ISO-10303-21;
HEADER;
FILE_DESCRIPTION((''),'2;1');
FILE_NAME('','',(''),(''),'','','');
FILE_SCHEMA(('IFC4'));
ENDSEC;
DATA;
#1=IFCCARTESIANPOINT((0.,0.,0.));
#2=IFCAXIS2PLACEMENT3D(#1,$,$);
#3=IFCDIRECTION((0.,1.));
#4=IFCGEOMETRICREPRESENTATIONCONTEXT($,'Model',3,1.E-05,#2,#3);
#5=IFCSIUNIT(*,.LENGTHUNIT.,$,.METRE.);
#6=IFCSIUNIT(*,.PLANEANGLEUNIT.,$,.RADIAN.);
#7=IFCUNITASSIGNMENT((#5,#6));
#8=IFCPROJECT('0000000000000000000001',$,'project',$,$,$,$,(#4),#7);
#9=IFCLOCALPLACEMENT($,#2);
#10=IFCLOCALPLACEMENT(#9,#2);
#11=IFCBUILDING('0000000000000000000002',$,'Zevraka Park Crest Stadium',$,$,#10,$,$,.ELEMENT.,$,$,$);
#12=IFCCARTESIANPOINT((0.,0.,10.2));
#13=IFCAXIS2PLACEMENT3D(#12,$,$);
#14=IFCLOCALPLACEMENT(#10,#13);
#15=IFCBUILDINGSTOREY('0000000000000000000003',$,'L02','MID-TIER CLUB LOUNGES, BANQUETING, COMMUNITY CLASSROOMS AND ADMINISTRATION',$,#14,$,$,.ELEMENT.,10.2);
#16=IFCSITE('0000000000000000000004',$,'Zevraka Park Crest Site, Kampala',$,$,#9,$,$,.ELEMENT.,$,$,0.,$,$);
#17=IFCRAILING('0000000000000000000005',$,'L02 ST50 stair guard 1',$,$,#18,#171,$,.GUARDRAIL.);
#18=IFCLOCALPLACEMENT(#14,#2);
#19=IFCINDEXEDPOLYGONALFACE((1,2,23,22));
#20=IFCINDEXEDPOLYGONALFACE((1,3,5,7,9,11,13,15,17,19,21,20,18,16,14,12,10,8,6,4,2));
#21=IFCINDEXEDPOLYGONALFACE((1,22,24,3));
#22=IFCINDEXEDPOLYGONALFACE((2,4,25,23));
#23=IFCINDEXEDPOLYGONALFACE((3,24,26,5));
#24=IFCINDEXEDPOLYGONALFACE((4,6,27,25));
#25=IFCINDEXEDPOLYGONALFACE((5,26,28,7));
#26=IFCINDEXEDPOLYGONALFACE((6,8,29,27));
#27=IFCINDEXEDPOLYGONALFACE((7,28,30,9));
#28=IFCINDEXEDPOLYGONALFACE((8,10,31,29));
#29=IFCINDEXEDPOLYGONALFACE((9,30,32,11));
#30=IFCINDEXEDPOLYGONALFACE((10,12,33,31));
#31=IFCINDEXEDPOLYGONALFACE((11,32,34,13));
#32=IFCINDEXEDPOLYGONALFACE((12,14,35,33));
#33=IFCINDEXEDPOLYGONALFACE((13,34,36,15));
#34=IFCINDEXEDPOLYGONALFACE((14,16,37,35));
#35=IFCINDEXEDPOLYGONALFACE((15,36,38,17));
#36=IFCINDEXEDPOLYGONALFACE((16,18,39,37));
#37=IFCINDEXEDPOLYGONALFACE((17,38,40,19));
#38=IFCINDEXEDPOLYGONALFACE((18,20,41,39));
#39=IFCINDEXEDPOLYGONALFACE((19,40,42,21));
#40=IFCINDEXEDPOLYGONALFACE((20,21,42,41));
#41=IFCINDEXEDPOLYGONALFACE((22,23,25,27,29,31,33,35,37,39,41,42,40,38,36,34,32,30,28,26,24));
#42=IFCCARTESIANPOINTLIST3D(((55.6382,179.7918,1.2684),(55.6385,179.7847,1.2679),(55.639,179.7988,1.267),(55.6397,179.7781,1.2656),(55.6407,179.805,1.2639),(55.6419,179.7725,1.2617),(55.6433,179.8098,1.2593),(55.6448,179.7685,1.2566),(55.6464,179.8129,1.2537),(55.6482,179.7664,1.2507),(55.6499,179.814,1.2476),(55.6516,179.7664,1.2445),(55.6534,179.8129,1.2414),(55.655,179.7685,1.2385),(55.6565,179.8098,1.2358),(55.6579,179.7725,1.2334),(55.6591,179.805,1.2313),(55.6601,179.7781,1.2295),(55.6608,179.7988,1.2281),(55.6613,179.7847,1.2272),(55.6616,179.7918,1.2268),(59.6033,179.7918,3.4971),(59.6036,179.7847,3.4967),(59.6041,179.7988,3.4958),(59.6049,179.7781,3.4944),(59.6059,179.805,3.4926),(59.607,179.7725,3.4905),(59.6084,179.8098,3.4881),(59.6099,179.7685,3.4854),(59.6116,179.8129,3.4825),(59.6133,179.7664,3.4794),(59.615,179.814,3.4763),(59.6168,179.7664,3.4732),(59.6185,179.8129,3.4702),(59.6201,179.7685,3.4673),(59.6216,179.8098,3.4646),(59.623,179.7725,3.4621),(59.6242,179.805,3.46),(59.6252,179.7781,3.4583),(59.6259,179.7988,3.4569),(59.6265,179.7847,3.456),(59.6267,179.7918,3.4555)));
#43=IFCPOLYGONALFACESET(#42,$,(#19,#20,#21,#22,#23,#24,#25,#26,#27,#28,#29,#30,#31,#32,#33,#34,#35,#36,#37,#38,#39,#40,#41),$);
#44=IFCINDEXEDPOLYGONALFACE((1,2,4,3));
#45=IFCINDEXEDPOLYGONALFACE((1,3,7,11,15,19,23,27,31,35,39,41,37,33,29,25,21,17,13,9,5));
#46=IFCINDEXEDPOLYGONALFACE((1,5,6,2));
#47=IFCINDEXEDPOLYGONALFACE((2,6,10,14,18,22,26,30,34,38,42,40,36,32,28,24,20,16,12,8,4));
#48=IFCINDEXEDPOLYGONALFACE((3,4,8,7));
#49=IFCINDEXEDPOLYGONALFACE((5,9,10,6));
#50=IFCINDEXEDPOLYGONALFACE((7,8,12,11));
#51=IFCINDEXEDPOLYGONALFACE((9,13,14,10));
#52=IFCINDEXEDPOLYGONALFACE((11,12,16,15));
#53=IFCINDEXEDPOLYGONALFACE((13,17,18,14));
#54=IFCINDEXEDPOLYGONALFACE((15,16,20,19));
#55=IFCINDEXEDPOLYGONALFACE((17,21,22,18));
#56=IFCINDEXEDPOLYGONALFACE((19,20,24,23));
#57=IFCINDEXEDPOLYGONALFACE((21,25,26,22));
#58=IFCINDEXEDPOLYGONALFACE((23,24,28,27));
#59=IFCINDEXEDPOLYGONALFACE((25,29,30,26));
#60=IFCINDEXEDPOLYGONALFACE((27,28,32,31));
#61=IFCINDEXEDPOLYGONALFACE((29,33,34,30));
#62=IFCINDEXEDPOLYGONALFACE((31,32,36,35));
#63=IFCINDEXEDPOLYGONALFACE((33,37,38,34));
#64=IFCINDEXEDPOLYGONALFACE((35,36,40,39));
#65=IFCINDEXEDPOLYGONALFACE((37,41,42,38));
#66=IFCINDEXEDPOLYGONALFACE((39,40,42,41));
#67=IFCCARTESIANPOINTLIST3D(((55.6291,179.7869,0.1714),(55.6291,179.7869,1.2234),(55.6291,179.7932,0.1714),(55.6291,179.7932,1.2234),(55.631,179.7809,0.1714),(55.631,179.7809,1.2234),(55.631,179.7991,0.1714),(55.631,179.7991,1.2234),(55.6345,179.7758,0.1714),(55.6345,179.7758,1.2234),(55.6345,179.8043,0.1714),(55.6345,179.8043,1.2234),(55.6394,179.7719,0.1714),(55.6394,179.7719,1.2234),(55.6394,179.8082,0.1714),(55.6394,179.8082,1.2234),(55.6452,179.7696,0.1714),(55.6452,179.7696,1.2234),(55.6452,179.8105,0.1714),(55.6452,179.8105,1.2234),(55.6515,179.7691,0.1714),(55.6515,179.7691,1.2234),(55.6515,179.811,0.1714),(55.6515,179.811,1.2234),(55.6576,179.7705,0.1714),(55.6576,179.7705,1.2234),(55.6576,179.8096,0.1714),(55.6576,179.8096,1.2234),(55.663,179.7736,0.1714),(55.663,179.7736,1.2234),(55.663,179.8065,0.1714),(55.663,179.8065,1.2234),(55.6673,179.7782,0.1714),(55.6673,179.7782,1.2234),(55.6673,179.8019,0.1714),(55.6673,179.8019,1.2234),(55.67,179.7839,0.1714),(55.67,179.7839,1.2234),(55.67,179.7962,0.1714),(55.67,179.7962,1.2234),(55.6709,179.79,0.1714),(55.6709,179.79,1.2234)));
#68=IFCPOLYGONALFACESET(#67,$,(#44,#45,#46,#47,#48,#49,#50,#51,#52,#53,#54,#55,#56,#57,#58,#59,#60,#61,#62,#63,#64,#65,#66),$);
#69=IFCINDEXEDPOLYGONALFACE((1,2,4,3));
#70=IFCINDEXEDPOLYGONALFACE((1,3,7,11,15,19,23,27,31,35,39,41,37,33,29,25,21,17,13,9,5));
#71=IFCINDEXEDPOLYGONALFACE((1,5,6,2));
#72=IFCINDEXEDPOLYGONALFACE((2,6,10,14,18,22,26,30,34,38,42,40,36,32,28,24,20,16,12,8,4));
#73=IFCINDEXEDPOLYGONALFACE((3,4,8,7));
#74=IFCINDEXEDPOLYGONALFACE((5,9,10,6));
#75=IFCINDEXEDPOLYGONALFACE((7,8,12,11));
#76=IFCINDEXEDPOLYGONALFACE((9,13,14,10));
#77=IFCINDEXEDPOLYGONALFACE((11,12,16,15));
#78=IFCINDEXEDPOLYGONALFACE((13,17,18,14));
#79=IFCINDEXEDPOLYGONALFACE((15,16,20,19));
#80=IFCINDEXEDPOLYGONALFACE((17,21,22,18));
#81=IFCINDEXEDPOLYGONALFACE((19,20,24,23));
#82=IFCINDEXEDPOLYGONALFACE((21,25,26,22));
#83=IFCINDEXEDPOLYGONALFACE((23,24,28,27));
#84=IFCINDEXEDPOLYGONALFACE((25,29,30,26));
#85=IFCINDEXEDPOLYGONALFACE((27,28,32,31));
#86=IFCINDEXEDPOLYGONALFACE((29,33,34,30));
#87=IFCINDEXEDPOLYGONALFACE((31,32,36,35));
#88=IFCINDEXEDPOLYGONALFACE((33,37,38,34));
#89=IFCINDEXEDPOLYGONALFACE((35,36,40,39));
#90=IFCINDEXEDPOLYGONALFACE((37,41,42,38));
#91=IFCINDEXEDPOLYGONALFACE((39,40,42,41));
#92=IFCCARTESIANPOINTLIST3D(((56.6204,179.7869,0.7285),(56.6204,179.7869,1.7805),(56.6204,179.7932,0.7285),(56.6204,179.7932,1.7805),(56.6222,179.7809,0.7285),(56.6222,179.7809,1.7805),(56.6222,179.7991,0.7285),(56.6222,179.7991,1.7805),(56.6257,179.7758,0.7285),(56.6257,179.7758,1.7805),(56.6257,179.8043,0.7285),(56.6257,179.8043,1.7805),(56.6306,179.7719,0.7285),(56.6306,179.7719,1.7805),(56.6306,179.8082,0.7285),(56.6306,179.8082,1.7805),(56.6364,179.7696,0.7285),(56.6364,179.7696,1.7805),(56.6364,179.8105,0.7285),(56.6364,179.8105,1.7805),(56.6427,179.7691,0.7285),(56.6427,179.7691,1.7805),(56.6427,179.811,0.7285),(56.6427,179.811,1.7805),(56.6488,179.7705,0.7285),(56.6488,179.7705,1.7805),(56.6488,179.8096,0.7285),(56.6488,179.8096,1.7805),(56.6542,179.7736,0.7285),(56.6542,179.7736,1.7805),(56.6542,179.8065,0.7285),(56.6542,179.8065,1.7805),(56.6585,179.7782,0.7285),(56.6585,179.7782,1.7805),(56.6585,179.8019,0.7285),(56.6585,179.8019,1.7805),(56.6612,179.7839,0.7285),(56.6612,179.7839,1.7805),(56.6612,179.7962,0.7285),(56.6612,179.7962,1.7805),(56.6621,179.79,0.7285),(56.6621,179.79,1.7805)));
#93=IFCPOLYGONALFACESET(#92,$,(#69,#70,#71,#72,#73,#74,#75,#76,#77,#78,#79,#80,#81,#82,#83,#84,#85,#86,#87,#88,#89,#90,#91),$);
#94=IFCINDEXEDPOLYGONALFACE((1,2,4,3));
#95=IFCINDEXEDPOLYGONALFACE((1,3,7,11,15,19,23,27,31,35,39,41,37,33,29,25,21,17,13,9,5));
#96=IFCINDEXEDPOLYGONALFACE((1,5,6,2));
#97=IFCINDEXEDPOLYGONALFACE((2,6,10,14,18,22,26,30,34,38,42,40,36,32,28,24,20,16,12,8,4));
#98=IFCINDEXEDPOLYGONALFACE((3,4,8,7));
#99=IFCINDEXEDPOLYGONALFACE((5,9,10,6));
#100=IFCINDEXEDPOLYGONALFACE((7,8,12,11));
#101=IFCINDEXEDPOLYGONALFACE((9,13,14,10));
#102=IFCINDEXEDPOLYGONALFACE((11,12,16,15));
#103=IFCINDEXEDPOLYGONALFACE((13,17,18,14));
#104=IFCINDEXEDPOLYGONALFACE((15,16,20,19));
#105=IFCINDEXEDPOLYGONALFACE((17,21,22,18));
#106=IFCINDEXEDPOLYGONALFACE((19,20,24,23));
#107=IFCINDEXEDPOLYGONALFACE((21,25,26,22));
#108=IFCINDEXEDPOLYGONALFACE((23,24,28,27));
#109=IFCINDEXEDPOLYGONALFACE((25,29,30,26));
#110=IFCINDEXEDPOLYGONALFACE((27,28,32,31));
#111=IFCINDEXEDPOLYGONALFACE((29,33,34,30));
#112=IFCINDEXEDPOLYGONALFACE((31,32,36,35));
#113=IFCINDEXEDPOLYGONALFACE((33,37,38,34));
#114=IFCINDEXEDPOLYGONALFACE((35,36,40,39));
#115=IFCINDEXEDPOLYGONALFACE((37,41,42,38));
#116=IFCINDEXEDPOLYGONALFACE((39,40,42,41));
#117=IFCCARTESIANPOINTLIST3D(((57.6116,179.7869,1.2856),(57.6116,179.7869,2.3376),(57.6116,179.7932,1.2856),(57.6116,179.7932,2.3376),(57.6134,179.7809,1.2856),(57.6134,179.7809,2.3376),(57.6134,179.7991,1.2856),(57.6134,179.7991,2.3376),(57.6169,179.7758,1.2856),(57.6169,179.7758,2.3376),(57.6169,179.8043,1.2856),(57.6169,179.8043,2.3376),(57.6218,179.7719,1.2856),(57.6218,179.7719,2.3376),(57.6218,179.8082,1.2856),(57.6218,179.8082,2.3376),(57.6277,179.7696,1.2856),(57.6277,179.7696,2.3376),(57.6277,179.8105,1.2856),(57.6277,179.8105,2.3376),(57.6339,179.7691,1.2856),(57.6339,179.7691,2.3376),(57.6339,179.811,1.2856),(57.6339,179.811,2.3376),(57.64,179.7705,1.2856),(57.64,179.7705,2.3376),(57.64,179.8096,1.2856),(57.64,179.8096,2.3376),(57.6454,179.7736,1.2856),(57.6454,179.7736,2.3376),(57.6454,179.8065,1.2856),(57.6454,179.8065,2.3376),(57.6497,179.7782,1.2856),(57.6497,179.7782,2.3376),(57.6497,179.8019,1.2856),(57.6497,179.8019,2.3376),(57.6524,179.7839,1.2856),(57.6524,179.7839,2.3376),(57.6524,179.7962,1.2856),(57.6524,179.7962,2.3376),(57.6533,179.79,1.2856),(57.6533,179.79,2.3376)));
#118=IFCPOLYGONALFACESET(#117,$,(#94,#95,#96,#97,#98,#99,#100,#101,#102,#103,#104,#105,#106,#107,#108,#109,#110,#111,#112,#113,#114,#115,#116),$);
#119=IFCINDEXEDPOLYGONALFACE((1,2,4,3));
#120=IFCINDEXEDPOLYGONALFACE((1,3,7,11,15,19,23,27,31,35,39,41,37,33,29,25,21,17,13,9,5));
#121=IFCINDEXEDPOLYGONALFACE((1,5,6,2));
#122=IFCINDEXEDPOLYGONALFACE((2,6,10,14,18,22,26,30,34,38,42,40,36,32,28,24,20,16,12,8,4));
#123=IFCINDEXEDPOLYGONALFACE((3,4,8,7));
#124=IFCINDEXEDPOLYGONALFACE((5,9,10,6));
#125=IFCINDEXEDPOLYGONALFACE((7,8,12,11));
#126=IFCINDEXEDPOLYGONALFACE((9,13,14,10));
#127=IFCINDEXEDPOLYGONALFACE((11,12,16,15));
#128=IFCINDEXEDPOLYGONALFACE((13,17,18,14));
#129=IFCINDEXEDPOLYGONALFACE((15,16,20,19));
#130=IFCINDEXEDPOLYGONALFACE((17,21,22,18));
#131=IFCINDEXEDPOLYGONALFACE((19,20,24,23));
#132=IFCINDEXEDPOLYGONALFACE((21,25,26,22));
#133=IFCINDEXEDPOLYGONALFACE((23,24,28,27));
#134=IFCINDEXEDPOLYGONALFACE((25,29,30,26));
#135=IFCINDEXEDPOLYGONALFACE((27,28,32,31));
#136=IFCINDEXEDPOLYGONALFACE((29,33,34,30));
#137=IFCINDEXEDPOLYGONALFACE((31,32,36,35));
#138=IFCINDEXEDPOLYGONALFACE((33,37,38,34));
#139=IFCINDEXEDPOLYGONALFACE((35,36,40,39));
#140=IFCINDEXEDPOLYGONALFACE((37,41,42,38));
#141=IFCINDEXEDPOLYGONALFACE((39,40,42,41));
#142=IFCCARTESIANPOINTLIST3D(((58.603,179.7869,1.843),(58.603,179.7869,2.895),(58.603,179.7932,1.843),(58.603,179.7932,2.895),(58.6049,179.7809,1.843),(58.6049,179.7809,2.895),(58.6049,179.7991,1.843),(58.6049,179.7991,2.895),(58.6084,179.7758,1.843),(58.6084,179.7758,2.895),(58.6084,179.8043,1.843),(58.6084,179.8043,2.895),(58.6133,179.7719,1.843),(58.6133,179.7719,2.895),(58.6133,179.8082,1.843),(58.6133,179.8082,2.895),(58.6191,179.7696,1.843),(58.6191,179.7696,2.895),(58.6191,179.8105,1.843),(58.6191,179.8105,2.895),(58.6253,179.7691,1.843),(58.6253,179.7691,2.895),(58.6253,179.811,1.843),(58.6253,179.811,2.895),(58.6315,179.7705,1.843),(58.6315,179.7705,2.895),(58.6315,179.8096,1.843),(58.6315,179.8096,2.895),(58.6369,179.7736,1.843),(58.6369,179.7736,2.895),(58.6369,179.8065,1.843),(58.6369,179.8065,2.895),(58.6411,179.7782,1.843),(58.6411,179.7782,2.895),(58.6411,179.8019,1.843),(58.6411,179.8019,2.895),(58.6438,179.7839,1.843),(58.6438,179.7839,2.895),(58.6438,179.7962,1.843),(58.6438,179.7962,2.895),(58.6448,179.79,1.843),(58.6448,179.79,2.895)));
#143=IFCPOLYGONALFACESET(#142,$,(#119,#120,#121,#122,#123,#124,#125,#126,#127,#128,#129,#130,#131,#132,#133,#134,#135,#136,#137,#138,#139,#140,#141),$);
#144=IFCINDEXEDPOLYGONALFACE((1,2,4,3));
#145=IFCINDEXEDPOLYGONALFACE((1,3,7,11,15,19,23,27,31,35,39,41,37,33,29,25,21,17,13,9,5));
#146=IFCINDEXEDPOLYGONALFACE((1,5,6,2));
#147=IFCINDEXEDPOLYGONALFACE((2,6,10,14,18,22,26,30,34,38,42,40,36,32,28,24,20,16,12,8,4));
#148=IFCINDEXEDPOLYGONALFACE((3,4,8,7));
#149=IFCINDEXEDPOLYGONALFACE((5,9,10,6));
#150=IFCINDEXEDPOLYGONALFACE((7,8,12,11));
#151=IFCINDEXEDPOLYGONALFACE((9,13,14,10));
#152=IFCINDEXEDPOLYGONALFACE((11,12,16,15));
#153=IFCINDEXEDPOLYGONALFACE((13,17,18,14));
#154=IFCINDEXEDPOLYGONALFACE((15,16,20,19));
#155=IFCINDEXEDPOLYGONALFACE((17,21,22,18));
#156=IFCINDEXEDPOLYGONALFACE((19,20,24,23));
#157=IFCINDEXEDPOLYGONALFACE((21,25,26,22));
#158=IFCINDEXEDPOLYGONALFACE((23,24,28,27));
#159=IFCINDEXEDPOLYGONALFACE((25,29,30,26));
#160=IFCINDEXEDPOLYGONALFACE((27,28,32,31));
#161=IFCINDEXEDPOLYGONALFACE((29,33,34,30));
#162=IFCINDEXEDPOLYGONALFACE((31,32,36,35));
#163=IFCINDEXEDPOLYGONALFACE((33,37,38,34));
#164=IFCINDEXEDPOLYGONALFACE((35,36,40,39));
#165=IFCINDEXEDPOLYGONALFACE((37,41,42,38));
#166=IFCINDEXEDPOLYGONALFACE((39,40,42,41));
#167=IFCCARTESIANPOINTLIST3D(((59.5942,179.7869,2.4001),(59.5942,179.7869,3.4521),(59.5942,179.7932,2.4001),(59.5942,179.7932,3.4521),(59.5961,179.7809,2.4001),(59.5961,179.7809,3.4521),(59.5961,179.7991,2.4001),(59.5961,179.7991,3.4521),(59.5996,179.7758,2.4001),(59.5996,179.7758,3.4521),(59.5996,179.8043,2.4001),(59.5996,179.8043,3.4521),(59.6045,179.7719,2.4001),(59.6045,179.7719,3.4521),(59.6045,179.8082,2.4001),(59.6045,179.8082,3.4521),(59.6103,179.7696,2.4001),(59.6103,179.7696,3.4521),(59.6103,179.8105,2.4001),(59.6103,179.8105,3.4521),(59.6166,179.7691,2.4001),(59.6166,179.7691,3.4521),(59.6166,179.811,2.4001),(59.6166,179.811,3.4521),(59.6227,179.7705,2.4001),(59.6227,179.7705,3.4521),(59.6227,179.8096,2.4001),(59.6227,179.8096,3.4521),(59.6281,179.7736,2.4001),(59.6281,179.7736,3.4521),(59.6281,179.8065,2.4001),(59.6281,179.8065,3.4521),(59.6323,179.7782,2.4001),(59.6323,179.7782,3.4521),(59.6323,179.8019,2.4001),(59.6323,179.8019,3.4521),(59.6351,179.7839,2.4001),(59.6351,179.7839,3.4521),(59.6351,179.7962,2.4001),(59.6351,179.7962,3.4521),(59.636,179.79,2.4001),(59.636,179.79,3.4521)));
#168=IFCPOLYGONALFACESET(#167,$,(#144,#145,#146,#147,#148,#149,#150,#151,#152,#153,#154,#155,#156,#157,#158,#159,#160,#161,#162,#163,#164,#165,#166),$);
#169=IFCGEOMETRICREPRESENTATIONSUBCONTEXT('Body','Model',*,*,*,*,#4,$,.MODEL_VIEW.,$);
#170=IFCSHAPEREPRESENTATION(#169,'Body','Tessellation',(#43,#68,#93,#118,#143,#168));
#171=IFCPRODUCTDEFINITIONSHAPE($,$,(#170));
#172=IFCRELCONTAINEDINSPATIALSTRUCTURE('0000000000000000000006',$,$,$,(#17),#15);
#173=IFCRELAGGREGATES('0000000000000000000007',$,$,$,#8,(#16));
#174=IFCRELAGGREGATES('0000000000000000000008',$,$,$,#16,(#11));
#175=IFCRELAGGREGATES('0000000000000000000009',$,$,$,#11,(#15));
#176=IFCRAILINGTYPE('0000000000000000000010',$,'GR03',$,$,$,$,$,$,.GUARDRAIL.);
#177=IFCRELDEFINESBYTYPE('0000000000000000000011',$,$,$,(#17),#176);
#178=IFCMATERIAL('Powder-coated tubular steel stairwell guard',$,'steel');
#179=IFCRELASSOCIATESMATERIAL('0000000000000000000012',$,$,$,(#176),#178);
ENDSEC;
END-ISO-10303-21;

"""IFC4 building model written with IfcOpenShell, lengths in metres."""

from ifc_helpers import new_model, si_unit, direction, frame, origin, origin_2d, place, context, subcontext, project, spatial, circle, extrude, material, type_object, element, save


model = new_model("IFC4")

# Units and contexts
model_context = context("Model", 3, precision=1e-05, world=origin(), true_north=direction((0.0, 1.0)))
body_context = subcontext(model_context, "Body", "Model", "MODEL_VIEW")
ifc_project = project(units=[si_unit("LENGTHUNIT", "METRE"), si_unit("PLANEANGLEUNIT", "RADIAN")], contexts=[model_context])

# Site, building, storey
site_placement = place(None, origin())
site = spatial("IfcSite", under=ifc_project, at=site_placement, Name="Zevraka Park Crest Site, Kampala", CompositionType="ELEMENT", RefElevation=0.0)
building_placement = place(site_placement, origin())
building = spatial("IfcBuilding", under=site, at=building_placement, Name="Zevraka Park Crest Stadium", CompositionType="ELEMENT")
storey_placement = place(building_placement, frame((0.0, 0.0, 10.2)))
storey = spatial("IfcBuildingStorey", under=building, at=storey_placement, Name="L02", Description="MID-TIER CLUB LOUNGES, BANQUETING, COMMUNITY CLASSROOMS AND ADMINISTRATION", CompositionType="ELEMENT", Elevation=10.2)

# Railing
ifc_material_1 = material(Name="Powder-coated tubular steel stairwell guard", Category="steel")
railing_type_1 = type_object("IfcRailingType", Name="GR03", PredefinedType="GUARDRAIL", material=ifc_material_1)
railing_1_placement = place(storey_placement, frame((55.6499, 179.79, 0.1714)))
element("IfcRailing", 1, at=railing_1_placement, inside=storey, type_object=railing_type_1, Name="L02 ST50 stair guard 1", PredefinedType="GUARDRAIL", context=body_context, shape_type="SweptSolid", body=[
    extrude(circle(Radius=0.0239, at=origin_2d()), frame((0.0, 0.0, 1.0762), z_axis=(0.871726, 0.0, 0.489994), x_axis=(0.0, 1.0, 0.0)), (0.0, 0.0, 1.0), 4.5486),
    extrude(circle(Radius=0.021, at=origin_2d()), origin(), (0.0, 0.0, 1.0), 1.052),
    extrude(circle(Radius=0.021, at=origin_2d()), frame((0.9912, 0.0, 0.5571)), (0.0, 0.0, 1.0), 1.052),
    extrude(circle(Radius=0.021, at=origin_2d()), frame((1.9824, 0.0, 1.1143)), (0.0, 0.0, 1.0), 1.052),
    extrude(circle(Radius=0.021, at=origin_2d()), frame((2.9739, 0.0, 1.6716)), (0.0, 0.0, 1.0), 1.052),
    extrude(circle(Radius=0.021, at=origin_2d()), frame((3.9651, 0.0, 2.2288)), (0.0, 0.0, 1.0), 1.052),
])

save(model, "model.ifc")
